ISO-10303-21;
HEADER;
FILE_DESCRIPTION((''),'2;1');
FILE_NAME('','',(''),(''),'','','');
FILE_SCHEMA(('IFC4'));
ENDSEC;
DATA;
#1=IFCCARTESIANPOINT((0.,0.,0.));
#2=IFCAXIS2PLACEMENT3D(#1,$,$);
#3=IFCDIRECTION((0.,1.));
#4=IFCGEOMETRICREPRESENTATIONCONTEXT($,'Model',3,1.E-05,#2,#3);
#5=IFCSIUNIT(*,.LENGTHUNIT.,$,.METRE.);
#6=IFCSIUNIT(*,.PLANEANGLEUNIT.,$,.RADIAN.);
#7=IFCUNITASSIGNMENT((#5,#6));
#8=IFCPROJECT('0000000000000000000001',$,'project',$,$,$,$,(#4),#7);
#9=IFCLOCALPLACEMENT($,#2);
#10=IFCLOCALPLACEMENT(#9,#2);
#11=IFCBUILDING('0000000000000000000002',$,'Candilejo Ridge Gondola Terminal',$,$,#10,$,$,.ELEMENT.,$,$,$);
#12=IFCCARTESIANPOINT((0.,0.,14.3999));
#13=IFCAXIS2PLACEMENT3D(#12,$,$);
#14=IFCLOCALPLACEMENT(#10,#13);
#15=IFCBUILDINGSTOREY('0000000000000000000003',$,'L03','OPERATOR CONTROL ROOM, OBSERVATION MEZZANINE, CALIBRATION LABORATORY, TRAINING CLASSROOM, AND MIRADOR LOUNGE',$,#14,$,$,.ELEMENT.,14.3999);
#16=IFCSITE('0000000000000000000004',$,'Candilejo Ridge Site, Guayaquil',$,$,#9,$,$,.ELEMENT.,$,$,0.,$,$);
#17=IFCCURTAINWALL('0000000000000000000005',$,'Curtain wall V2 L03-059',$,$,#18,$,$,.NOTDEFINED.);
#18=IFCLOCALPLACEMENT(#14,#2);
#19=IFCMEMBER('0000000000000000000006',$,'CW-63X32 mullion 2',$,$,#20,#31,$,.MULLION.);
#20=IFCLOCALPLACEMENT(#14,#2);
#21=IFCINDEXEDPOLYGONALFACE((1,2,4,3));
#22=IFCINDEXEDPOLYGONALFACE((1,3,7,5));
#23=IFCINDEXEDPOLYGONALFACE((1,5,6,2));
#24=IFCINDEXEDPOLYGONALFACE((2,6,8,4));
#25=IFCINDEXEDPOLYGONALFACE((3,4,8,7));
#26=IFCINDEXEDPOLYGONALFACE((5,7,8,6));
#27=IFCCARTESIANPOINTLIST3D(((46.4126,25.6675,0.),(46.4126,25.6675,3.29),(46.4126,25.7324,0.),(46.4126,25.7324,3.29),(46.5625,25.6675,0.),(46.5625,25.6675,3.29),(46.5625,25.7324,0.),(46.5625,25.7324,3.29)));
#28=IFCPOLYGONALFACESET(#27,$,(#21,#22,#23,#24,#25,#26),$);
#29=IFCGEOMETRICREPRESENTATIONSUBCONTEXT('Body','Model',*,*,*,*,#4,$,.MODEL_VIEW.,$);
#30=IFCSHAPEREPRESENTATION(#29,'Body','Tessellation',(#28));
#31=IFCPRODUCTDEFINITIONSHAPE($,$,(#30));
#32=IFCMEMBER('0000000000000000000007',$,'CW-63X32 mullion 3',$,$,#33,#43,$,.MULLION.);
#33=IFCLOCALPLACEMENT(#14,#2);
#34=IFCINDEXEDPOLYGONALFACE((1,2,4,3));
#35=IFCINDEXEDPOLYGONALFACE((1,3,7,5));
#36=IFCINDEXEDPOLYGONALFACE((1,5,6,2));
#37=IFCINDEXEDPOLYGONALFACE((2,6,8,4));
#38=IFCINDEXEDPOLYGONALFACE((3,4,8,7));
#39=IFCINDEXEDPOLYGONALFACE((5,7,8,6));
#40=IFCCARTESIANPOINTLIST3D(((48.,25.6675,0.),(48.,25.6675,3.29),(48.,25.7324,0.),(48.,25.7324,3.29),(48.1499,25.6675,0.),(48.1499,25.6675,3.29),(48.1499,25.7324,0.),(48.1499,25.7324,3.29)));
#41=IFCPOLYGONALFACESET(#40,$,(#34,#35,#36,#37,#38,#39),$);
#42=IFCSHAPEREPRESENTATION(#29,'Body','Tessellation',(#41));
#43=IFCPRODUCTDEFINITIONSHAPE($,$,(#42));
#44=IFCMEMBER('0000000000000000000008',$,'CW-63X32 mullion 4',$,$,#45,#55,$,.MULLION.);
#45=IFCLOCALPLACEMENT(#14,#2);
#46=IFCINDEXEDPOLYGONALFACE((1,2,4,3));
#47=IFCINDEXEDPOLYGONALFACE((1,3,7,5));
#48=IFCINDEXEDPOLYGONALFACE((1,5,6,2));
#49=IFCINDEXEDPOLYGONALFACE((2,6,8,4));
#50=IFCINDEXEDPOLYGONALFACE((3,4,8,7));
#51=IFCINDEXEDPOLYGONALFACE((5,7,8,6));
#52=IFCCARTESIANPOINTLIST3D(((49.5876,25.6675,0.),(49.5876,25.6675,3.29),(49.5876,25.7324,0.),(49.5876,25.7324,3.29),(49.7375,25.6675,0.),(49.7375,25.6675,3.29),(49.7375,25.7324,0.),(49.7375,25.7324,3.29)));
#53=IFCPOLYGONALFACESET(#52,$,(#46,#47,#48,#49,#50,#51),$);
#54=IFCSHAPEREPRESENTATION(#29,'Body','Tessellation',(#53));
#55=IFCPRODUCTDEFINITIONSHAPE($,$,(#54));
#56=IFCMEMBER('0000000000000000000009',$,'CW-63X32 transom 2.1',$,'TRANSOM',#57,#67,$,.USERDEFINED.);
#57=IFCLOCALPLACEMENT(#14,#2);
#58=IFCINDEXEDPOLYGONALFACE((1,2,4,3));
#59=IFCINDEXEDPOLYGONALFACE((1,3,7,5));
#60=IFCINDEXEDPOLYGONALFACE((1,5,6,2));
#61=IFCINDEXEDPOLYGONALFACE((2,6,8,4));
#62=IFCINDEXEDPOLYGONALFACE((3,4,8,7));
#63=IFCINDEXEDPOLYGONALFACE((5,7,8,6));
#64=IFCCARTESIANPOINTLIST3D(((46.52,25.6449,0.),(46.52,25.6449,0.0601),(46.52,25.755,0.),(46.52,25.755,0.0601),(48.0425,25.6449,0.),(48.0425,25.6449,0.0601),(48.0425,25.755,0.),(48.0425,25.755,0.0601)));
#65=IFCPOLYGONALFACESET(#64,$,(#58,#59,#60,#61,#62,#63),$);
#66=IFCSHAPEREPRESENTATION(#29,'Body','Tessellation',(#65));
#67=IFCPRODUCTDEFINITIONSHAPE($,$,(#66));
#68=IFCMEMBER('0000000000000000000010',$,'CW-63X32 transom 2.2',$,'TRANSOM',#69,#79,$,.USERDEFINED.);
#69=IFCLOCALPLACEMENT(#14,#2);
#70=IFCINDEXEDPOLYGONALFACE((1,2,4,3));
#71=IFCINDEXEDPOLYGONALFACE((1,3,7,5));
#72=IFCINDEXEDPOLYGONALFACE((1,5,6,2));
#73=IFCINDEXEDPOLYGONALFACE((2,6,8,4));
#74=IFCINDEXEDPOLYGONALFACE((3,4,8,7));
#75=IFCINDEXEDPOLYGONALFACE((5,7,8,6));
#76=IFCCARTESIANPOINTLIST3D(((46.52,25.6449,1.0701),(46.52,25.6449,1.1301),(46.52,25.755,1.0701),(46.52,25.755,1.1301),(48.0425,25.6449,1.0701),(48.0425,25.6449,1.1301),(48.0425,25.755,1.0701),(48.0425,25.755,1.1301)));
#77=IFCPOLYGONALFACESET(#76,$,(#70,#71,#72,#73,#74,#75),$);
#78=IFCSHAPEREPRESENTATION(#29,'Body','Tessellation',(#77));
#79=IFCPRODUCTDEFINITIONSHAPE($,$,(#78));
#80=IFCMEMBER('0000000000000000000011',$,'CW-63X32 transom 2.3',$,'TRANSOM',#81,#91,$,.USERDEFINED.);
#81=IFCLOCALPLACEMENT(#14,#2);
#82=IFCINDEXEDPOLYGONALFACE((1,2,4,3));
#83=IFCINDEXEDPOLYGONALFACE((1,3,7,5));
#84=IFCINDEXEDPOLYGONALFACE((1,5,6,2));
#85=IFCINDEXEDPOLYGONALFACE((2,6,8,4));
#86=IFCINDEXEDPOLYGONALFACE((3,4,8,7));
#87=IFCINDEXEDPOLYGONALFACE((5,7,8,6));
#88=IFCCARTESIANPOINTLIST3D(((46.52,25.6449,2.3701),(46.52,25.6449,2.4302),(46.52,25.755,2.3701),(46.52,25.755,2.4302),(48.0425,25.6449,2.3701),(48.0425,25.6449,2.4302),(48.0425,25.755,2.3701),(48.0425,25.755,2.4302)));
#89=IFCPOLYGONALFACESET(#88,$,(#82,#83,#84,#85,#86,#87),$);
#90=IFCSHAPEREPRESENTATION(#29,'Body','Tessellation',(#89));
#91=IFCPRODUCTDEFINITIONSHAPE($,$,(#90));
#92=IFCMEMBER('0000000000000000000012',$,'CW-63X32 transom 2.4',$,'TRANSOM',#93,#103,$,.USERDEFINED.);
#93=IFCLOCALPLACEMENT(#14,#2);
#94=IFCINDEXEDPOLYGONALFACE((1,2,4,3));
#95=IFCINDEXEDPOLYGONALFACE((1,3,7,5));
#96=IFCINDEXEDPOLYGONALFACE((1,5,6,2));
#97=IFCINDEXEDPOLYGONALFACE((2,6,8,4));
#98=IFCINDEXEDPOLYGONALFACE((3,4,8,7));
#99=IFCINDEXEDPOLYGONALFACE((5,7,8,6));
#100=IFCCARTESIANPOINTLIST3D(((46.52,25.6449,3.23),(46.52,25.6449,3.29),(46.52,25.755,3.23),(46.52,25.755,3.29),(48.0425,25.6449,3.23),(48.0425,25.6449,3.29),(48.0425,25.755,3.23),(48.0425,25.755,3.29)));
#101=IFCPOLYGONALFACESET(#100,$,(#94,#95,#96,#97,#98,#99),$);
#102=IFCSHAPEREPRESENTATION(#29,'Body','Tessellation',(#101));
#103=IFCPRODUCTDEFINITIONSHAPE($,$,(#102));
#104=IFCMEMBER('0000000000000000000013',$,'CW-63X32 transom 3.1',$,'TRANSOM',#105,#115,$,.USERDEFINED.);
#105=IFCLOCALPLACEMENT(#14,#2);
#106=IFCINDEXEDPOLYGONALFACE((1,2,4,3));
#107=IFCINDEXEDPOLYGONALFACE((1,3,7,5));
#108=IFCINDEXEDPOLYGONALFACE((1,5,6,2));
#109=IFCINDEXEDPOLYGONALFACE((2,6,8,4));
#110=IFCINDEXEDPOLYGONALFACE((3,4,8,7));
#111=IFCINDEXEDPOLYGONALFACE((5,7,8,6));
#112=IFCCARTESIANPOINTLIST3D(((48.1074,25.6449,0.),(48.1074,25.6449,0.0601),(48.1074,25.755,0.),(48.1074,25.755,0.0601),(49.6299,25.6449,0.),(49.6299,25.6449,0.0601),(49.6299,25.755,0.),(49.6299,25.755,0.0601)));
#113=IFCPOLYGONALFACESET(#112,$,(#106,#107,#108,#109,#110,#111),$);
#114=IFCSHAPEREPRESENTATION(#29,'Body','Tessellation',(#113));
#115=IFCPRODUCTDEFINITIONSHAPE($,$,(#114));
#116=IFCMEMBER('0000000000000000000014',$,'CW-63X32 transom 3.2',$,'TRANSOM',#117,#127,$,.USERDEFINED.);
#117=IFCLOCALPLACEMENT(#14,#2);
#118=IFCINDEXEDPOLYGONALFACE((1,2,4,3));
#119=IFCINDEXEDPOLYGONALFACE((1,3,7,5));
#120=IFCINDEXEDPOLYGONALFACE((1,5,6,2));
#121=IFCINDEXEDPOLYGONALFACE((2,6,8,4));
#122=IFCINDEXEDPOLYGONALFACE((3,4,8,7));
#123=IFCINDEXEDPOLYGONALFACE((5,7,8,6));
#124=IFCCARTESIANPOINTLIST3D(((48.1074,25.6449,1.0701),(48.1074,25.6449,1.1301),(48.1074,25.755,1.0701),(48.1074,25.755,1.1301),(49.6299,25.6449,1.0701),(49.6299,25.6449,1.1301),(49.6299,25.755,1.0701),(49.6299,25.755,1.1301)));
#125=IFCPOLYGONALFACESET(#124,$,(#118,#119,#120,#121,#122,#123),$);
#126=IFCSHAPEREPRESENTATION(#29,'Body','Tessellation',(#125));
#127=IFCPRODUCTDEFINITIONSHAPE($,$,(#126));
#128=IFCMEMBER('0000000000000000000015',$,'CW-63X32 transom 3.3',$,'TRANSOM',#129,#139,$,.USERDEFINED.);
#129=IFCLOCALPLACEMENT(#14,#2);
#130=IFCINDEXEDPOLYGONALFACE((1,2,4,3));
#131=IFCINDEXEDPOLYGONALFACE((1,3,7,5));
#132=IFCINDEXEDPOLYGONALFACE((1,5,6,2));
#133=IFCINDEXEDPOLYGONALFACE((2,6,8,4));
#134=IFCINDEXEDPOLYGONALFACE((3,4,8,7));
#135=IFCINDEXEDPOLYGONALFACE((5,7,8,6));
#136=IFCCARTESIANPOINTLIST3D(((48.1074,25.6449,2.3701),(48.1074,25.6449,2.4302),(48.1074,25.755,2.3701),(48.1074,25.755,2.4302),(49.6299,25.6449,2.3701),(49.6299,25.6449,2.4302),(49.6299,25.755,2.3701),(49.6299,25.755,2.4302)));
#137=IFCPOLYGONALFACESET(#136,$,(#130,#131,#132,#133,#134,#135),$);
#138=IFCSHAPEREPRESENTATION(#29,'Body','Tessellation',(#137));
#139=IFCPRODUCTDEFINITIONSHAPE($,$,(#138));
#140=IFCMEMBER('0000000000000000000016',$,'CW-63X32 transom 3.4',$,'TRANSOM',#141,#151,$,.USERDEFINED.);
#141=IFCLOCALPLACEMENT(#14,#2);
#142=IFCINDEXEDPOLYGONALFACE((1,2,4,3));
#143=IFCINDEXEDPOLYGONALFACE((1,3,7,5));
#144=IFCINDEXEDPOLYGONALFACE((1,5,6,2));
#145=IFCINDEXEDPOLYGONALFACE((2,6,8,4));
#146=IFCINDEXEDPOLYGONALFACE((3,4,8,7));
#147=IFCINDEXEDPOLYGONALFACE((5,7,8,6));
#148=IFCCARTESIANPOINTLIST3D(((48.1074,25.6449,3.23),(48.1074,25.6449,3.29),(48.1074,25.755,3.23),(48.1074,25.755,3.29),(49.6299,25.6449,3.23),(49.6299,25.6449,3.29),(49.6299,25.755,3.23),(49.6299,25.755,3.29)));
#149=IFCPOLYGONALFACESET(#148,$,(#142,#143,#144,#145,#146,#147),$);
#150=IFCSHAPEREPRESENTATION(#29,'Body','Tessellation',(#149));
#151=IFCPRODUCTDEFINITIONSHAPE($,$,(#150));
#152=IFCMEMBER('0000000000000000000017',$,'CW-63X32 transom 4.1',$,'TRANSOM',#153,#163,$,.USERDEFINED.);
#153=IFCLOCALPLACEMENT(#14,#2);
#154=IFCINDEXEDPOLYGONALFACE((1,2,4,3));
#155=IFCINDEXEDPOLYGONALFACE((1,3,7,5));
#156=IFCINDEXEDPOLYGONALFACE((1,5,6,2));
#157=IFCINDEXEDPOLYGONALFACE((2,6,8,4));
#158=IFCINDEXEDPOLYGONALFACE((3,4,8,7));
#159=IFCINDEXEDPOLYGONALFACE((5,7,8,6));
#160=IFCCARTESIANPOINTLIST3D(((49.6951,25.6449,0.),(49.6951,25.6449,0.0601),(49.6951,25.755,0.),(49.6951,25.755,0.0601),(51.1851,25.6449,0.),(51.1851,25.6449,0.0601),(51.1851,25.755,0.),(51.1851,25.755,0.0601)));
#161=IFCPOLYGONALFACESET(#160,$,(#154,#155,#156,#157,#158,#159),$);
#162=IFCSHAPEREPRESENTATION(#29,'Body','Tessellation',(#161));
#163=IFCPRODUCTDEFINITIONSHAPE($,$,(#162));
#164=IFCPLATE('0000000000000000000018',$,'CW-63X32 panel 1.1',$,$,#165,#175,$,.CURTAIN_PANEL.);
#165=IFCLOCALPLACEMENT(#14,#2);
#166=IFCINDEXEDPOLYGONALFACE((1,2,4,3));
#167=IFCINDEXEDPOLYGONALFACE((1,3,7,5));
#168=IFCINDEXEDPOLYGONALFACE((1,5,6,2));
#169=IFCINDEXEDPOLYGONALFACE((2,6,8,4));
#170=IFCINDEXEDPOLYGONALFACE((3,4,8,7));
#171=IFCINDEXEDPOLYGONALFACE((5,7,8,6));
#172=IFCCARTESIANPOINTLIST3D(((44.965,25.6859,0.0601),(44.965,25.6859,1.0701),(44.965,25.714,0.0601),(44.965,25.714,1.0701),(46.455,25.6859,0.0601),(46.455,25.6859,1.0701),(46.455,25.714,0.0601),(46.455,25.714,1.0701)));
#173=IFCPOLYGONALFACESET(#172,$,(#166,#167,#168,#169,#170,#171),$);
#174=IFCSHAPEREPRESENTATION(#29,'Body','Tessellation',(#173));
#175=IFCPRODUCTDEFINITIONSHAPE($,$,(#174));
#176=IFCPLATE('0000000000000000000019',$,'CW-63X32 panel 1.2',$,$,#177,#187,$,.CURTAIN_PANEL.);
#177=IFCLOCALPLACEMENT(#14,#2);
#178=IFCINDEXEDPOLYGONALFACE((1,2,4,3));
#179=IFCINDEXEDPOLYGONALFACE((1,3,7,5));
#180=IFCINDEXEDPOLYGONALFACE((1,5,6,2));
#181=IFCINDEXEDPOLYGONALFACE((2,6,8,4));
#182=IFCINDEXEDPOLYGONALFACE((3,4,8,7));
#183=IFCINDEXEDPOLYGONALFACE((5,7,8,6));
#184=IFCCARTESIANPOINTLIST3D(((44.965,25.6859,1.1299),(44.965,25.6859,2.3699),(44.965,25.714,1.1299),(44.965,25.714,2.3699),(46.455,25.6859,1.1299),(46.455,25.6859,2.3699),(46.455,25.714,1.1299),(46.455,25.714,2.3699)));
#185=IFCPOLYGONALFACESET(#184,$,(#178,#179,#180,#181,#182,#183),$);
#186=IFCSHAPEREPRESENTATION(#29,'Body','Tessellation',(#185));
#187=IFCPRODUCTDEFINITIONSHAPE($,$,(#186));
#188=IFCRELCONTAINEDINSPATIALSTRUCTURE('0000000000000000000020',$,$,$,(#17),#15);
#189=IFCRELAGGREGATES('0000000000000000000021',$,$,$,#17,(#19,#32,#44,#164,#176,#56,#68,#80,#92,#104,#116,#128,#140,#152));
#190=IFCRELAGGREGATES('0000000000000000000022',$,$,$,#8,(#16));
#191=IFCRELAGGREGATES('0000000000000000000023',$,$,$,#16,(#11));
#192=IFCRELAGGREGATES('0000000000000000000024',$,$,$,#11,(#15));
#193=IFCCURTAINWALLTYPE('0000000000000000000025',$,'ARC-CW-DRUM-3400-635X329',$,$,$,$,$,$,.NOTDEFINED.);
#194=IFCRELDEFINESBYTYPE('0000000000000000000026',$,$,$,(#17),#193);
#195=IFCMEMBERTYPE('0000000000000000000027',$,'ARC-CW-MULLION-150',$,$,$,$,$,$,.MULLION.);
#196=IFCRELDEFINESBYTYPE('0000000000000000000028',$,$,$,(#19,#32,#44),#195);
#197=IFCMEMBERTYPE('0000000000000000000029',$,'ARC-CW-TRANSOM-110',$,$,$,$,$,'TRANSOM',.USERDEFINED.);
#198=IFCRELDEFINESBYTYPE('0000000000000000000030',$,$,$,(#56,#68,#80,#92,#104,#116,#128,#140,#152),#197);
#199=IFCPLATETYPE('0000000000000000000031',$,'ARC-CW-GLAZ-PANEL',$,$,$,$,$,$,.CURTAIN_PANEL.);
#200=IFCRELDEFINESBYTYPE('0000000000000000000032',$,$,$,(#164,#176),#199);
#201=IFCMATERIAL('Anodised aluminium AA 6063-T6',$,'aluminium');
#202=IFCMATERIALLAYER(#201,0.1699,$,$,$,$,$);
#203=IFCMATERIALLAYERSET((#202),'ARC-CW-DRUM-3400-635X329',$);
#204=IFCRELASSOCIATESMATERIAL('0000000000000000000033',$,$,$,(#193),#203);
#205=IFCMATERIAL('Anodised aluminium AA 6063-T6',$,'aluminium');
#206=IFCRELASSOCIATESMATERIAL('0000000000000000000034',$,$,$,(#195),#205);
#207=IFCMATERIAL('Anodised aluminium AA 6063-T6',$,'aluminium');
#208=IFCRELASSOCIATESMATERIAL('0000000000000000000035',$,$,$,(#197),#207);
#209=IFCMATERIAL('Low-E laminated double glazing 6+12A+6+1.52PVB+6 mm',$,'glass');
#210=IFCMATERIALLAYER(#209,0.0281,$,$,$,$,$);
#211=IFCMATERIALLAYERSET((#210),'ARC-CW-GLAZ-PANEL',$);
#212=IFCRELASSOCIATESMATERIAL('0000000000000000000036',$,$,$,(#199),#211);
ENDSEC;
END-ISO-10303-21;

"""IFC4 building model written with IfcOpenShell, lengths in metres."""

from ifc_helpers import new_model, si_unit, direction, frame, origin, origin_2d, place, context, subcontext, project, spatial, rectangle, extrude, material, layer, layer_set, material_profile, profile_set, type_object, element, aggregate, save


model = new_model("IFC4")

# Units and contexts
model_context = context("Model", 3, precision=1e-05, world=origin(), true_north=direction((0.0, 1.0)))
body_context = subcontext(model_context, "Body", "Model", "MODEL_VIEW")
ifc_project = project(units=[si_unit("LENGTHUNIT", "METRE"), si_unit("PLANEANGLEUNIT", "RADIAN")], contexts=[model_context])

# Site, building, storey
site_placement = place(None, origin())
site = spatial("IfcSite", under=ifc_project, at=site_placement, Name="Candilejo Ridge Site, Guayaquil", CompositionType="ELEMENT", RefElevation=0.0)
building_placement = place(site_placement, origin())
building = spatial("IfcBuilding", under=site, at=building_placement, Name="Candilejo Ridge Gondola Terminal", CompositionType="ELEMENT")
storey_placement = place(building_placement, frame((0.0, 0.0, 14.3999)))
storey = spatial("IfcBuildingStorey", under=building, at=storey_placement, Name="L03", Description="OPERATOR CONTROL ROOM, OBSERVATION MEZZANINE, CALIBRATION LABORATORY, TRAINING CLASSROOM, AND MIRADOR LOUNGE", CompositionType="ELEMENT", Elevation=14.3999)

# Curtain wall, members, plates
ifc_material_1 = material(Name="Anodised aluminium AA 6063-T6", Category="aluminium")
ifc_layer_1 = layer(ifc_material_1, 0.1699)
ifc_layer_set_1 = layer_set([ifc_layer_1], Name="ARC-CW-DRUM-3400-635X329")
curtain_wall_type = type_object("IfcCurtainWallType", Name="ARC-CW-DRUM-3400-635X329", PredefinedType="NOTDEFINED", material=ifc_layer_set_1)
curtain_wall_placement = place(storey_placement, origin())
curtain_wall = element("IfcCurtainWall", 1, at=curtain_wall_placement, inside=storey, type_object=curtain_wall_type, Name="Curtain wall V2 L03-059", PredefinedType="NOTDEFINED")
ifc_material_2 = material(Name="Anodised aluminium AA 6063-T6", Category="aluminium")
ifc_material_profile_1 = material_profile(ifc_material_2, rectangle(XDim=0.0649, YDim=0.1499, at=origin_2d()))
ifc_profile_set_1 = profile_set([ifc_material_profile_1], Name="Anodised aluminium AA 6063-T6")
member_type_1 = type_object("IfcMemberType", Name="ARC-CW-MULLION-150", PredefinedType="MULLION", material=ifc_profile_set_1)
member_1_placement = place(storey_placement, frame((46.4875, 25.7, 0.0), z_axis=(0.0, 0.0, 1.0), x_axis=(0.0, 1.0, 0.0)))
member_1 = element("IfcMember", 2, at=member_1_placement, type_object=member_type_1, Name="CW-63X32 mullion 2", PredefinedType="MULLION", context=body_context, shape_type="SweptSolid", body=[
    extrude(rectangle(XDim=0.0649, YDim=0.1499, at=origin_2d()), origin(), (0.0, 0.0, 1.0), 3.29),
])
member_2_placement = place(storey_placement, frame((48.075, 25.7, 0.0), z_axis=(0.0, 0.0, 1.0), x_axis=(0.0, 1.0, 0.0)))
member_2 = element("IfcMember", 3, at=member_2_placement, type_object=member_type_1, Name="CW-63X32 mullion 3", PredefinedType="MULLION", context=body_context, shape_type="SweptSolid", body=[
    extrude(rectangle(XDim=0.0649, YDim=0.1499, at=origin_2d()), origin(), (0.0, 0.0, 1.0), 3.29),
])
member_3_placement = place(storey_placement, frame((49.6626, 25.7, 0.0), z_axis=(0.0, 0.0, 1.0), x_axis=(0.0, 1.0, 0.0)))
member_3 = element("IfcMember", 4, at=member_3_placement, type_object=member_type_1, Name="CW-63X32 mullion 4", PredefinedType="MULLION", context=body_context, shape_type="SweptSolid", body=[
    extrude(rectangle(XDim=0.0649, YDim=0.1499, at=origin_2d()), origin(), (0.0, 0.0, 1.0), 3.29),
])
ifc_material_3 = material(Name="Anodised aluminium AA 6063-T6", Category="aluminium")
ifc_material_profile_2 = material_profile(ifc_material_3, rectangle(XDim=0.1101, YDim=0.0601, at=origin_2d()))
ifc_profile_set_2 = profile_set([ifc_material_profile_2], Name="Anodised aluminium AA 6063-T6")
member_type_2 = type_object("IfcMemberType", Name="ARC-CW-TRANSOM-110", ElementType="TRANSOM", PredefinedType="USERDEFINED", material=ifc_profile_set_2)
member_4_placement = place(storey_placement, frame((46.52, 25.7, 0.03), z_axis=(1.0, 0.0, 0.0), x_axis=(0.0, 1.0, 0.0)))
member_4 = element("IfcMember", 5, at=member_4_placement, type_object=member_type_2, Name="CW-63X32 transom 2.1", ObjectType="TRANSOM", PredefinedType="USERDEFINED", context=body_context, shape_type="SweptSolid", body=[
    extrude(rectangle(XDim=0.1101, YDim=0.0601, at=origin_2d()), origin(), (0.0, 0.0, 1.0), 1.5225),
])
member_5_placement = place(storey_placement, frame((46.52, 25.7, 1.1001), z_axis=(1.0, 0.0, 0.0), x_axis=(0.0, 1.0, 0.0)))
member_5 = element("IfcMember", 6, at=member_5_placement, type_object=member_type_2, Name="CW-63X32 transom 2.2", ObjectType="TRANSOM", PredefinedType="USERDEFINED", context=body_context, shape_type="SweptSolid", body=[
    extrude(rectangle(XDim=0.1101, YDim=0.0601, at=origin_2d()), origin(), (0.0, 0.0, 1.0), 1.5225),
])
member_6_placement = place(storey_placement, frame((46.52, 25.7, 2.4001), z_axis=(1.0, 0.0, 0.0), x_axis=(0.0, 1.0, 0.0)))
member_6 = element("IfcMember", 7, at=member_6_placement, type_object=member_type_2, Name="CW-63X32 transom 2.3", ObjectType="TRANSOM", PredefinedType="USERDEFINED", context=body_context, shape_type="SweptSolid", body=[
    extrude(rectangle(XDim=0.1101, YDim=0.0601, at=origin_2d()), origin(), (0.0, 0.0, 1.0), 1.5225),
])
member_7_placement = place(storey_placement, frame((46.52, 25.7, 3.26), z_axis=(1.0, 0.0, 0.0), x_axis=(0.0, 1.0, 0.0)))
member_7 = element("IfcMember", 8, at=member_7_placement, type_object=member_type_2, Name="CW-63X32 transom 2.4", ObjectType="TRANSOM", PredefinedType="USERDEFINED", context=body_context, shape_type="SweptSolid", body=[
    extrude(rectangle(XDim=0.1101, YDim=0.0601, at=origin_2d()), origin(), (0.0, 0.0, 1.0), 1.5225),
])
member_8_placement = place(storey_placement, frame((48.1074, 25.7, 0.03), z_axis=(1.0, 0.0, 0.0), x_axis=(0.0, 1.0, 0.0)))
member_8 = element("IfcMember", 9, at=member_8_placement, type_object=member_type_2, Name="CW-63X32 transom 3.1", ObjectType="TRANSOM", PredefinedType="USERDEFINED", context=body_context, shape_type="SweptSolid", body=[
    extrude(rectangle(XDim=0.1101, YDim=0.0601, at=origin_2d()), origin(), (0.0, 0.0, 1.0), 1.5225),
])
member_9_placement = place(storey_placement, frame((48.1074, 25.7, 1.1001), z_axis=(1.0, 0.0, 0.0), x_axis=(0.0, 1.0, 0.0)))
member_9 = element("IfcMember", 10, at=member_9_placement, type_object=member_type_2, Name="CW-63X32 transom 3.2", ObjectType="TRANSOM", PredefinedType="USERDEFINED", context=body_context, shape_type="SweptSolid", body=[
    extrude(rectangle(XDim=0.1101, YDim=0.0601, at=origin_2d()), origin(), (0.0, 0.0, 1.0), 1.5225),
])
member_10_placement = place(storey_placement, frame((48.1074, 25.7, 2.4001), z_axis=(1.0, 0.0, 0.0), x_axis=(0.0, 1.0, 0.0)))
member_10 = element("IfcMember", 11, at=member_10_placement, type_object=member_type_2, Name="CW-63X32 transom 3.3", ObjectType="TRANSOM", PredefinedType="USERDEFINED", context=body_context, shape_type="SweptSolid", body=[
    extrude(rectangle(XDim=0.1101, YDim=0.0601, at=origin_2d()), origin(), (0.0, 0.0, 1.0), 1.5225),
])
member_11_placement = place(storey_placement, frame((48.1074, 25.7, 3.26), z_axis=(1.0, 0.0, 0.0), x_axis=(0.0, 1.0, 0.0)))
member_11 = element("IfcMember", 12, at=member_11_placement, type_object=member_type_2, Name="CW-63X32 transom 3.4", ObjectType="TRANSOM", PredefinedType="USERDEFINED", context=body_context, shape_type="SweptSolid", body=[
    extrude(rectangle(XDim=0.1101, YDim=0.0601, at=origin_2d()), origin(), (0.0, 0.0, 1.0), 1.5225),
])
member_12_placement = place(storey_placement, frame((49.6951, 25.7, 0.03), z_axis=(1.0, 0.0, 0.0), x_axis=(0.0, 1.0, 0.0)))
member_12 = element("IfcMember", 13, at=member_12_placement, type_object=member_type_2, Name="CW-63X32 transom 4.1", ObjectType="TRANSOM", PredefinedType="USERDEFINED", context=body_context, shape_type="SweptSolid", body=[
    extrude(rectangle(XDim=0.1101, YDim=0.0601, at=origin_2d()), origin(), (0.0, 0.0, 1.0), 1.49),
])
ifc_material_4 = material(Name="Low-E laminated double glazing 6+12A+6+1.52PVB+6 mm", Category="glass")
ifc_layer_2 = layer(ifc_material_4, 0.0281)
ifc_layer_set_2 = layer_set([ifc_layer_2], Name="ARC-CW-GLAZ-PANEL")
plate_type = type_object("IfcPlateType", Name="ARC-CW-GLAZ-PANEL", PredefinedType="CURTAIN_PANEL", material=ifc_layer_set_2)
plate_1_placement = place(storey_placement, frame((45.71, 25.7, 0.0601), z_axis=(0.0, 0.0, 1.0), x_axis=(1.0, 0.0, 0.0)))
plate_1 = element("IfcPlate", 14, at=plate_1_placement, type_object=plate_type, Name="CW-63X32 panel 1.1", PredefinedType="CURTAIN_PANEL", context=body_context, shape_type="SweptSolid", body=[
    extrude(rectangle(XDim=1.49, YDim=0.0281, at=origin_2d()), origin(), (0.0, 0.0, 1.0), 1.01),
])
plate_2_placement = place(storey_placement, frame((45.71, 25.7, 1.1299), z_axis=(0.0, 0.0, 1.0), x_axis=(1.0, 0.0, 0.0)))
plate_2 = element("IfcPlate", 15, at=plate_2_placement, type_object=plate_type, Name="CW-63X32 panel 1.2", PredefinedType="CURTAIN_PANEL", context=body_context, shape_type="SweptSolid", body=[
    extrude(rectangle(XDim=1.49, YDim=0.0281, at=origin_2d()), origin(), (0.0, 0.0, 1.0), 1.24),
])
aggregate(curtain_wall, [member_1, member_2, member_3, plate_1, plate_2, member_4, member_5, member_6, member_7, member_8, member_9, member_10, member_11, member_12])

save(model, "model.ifc")
